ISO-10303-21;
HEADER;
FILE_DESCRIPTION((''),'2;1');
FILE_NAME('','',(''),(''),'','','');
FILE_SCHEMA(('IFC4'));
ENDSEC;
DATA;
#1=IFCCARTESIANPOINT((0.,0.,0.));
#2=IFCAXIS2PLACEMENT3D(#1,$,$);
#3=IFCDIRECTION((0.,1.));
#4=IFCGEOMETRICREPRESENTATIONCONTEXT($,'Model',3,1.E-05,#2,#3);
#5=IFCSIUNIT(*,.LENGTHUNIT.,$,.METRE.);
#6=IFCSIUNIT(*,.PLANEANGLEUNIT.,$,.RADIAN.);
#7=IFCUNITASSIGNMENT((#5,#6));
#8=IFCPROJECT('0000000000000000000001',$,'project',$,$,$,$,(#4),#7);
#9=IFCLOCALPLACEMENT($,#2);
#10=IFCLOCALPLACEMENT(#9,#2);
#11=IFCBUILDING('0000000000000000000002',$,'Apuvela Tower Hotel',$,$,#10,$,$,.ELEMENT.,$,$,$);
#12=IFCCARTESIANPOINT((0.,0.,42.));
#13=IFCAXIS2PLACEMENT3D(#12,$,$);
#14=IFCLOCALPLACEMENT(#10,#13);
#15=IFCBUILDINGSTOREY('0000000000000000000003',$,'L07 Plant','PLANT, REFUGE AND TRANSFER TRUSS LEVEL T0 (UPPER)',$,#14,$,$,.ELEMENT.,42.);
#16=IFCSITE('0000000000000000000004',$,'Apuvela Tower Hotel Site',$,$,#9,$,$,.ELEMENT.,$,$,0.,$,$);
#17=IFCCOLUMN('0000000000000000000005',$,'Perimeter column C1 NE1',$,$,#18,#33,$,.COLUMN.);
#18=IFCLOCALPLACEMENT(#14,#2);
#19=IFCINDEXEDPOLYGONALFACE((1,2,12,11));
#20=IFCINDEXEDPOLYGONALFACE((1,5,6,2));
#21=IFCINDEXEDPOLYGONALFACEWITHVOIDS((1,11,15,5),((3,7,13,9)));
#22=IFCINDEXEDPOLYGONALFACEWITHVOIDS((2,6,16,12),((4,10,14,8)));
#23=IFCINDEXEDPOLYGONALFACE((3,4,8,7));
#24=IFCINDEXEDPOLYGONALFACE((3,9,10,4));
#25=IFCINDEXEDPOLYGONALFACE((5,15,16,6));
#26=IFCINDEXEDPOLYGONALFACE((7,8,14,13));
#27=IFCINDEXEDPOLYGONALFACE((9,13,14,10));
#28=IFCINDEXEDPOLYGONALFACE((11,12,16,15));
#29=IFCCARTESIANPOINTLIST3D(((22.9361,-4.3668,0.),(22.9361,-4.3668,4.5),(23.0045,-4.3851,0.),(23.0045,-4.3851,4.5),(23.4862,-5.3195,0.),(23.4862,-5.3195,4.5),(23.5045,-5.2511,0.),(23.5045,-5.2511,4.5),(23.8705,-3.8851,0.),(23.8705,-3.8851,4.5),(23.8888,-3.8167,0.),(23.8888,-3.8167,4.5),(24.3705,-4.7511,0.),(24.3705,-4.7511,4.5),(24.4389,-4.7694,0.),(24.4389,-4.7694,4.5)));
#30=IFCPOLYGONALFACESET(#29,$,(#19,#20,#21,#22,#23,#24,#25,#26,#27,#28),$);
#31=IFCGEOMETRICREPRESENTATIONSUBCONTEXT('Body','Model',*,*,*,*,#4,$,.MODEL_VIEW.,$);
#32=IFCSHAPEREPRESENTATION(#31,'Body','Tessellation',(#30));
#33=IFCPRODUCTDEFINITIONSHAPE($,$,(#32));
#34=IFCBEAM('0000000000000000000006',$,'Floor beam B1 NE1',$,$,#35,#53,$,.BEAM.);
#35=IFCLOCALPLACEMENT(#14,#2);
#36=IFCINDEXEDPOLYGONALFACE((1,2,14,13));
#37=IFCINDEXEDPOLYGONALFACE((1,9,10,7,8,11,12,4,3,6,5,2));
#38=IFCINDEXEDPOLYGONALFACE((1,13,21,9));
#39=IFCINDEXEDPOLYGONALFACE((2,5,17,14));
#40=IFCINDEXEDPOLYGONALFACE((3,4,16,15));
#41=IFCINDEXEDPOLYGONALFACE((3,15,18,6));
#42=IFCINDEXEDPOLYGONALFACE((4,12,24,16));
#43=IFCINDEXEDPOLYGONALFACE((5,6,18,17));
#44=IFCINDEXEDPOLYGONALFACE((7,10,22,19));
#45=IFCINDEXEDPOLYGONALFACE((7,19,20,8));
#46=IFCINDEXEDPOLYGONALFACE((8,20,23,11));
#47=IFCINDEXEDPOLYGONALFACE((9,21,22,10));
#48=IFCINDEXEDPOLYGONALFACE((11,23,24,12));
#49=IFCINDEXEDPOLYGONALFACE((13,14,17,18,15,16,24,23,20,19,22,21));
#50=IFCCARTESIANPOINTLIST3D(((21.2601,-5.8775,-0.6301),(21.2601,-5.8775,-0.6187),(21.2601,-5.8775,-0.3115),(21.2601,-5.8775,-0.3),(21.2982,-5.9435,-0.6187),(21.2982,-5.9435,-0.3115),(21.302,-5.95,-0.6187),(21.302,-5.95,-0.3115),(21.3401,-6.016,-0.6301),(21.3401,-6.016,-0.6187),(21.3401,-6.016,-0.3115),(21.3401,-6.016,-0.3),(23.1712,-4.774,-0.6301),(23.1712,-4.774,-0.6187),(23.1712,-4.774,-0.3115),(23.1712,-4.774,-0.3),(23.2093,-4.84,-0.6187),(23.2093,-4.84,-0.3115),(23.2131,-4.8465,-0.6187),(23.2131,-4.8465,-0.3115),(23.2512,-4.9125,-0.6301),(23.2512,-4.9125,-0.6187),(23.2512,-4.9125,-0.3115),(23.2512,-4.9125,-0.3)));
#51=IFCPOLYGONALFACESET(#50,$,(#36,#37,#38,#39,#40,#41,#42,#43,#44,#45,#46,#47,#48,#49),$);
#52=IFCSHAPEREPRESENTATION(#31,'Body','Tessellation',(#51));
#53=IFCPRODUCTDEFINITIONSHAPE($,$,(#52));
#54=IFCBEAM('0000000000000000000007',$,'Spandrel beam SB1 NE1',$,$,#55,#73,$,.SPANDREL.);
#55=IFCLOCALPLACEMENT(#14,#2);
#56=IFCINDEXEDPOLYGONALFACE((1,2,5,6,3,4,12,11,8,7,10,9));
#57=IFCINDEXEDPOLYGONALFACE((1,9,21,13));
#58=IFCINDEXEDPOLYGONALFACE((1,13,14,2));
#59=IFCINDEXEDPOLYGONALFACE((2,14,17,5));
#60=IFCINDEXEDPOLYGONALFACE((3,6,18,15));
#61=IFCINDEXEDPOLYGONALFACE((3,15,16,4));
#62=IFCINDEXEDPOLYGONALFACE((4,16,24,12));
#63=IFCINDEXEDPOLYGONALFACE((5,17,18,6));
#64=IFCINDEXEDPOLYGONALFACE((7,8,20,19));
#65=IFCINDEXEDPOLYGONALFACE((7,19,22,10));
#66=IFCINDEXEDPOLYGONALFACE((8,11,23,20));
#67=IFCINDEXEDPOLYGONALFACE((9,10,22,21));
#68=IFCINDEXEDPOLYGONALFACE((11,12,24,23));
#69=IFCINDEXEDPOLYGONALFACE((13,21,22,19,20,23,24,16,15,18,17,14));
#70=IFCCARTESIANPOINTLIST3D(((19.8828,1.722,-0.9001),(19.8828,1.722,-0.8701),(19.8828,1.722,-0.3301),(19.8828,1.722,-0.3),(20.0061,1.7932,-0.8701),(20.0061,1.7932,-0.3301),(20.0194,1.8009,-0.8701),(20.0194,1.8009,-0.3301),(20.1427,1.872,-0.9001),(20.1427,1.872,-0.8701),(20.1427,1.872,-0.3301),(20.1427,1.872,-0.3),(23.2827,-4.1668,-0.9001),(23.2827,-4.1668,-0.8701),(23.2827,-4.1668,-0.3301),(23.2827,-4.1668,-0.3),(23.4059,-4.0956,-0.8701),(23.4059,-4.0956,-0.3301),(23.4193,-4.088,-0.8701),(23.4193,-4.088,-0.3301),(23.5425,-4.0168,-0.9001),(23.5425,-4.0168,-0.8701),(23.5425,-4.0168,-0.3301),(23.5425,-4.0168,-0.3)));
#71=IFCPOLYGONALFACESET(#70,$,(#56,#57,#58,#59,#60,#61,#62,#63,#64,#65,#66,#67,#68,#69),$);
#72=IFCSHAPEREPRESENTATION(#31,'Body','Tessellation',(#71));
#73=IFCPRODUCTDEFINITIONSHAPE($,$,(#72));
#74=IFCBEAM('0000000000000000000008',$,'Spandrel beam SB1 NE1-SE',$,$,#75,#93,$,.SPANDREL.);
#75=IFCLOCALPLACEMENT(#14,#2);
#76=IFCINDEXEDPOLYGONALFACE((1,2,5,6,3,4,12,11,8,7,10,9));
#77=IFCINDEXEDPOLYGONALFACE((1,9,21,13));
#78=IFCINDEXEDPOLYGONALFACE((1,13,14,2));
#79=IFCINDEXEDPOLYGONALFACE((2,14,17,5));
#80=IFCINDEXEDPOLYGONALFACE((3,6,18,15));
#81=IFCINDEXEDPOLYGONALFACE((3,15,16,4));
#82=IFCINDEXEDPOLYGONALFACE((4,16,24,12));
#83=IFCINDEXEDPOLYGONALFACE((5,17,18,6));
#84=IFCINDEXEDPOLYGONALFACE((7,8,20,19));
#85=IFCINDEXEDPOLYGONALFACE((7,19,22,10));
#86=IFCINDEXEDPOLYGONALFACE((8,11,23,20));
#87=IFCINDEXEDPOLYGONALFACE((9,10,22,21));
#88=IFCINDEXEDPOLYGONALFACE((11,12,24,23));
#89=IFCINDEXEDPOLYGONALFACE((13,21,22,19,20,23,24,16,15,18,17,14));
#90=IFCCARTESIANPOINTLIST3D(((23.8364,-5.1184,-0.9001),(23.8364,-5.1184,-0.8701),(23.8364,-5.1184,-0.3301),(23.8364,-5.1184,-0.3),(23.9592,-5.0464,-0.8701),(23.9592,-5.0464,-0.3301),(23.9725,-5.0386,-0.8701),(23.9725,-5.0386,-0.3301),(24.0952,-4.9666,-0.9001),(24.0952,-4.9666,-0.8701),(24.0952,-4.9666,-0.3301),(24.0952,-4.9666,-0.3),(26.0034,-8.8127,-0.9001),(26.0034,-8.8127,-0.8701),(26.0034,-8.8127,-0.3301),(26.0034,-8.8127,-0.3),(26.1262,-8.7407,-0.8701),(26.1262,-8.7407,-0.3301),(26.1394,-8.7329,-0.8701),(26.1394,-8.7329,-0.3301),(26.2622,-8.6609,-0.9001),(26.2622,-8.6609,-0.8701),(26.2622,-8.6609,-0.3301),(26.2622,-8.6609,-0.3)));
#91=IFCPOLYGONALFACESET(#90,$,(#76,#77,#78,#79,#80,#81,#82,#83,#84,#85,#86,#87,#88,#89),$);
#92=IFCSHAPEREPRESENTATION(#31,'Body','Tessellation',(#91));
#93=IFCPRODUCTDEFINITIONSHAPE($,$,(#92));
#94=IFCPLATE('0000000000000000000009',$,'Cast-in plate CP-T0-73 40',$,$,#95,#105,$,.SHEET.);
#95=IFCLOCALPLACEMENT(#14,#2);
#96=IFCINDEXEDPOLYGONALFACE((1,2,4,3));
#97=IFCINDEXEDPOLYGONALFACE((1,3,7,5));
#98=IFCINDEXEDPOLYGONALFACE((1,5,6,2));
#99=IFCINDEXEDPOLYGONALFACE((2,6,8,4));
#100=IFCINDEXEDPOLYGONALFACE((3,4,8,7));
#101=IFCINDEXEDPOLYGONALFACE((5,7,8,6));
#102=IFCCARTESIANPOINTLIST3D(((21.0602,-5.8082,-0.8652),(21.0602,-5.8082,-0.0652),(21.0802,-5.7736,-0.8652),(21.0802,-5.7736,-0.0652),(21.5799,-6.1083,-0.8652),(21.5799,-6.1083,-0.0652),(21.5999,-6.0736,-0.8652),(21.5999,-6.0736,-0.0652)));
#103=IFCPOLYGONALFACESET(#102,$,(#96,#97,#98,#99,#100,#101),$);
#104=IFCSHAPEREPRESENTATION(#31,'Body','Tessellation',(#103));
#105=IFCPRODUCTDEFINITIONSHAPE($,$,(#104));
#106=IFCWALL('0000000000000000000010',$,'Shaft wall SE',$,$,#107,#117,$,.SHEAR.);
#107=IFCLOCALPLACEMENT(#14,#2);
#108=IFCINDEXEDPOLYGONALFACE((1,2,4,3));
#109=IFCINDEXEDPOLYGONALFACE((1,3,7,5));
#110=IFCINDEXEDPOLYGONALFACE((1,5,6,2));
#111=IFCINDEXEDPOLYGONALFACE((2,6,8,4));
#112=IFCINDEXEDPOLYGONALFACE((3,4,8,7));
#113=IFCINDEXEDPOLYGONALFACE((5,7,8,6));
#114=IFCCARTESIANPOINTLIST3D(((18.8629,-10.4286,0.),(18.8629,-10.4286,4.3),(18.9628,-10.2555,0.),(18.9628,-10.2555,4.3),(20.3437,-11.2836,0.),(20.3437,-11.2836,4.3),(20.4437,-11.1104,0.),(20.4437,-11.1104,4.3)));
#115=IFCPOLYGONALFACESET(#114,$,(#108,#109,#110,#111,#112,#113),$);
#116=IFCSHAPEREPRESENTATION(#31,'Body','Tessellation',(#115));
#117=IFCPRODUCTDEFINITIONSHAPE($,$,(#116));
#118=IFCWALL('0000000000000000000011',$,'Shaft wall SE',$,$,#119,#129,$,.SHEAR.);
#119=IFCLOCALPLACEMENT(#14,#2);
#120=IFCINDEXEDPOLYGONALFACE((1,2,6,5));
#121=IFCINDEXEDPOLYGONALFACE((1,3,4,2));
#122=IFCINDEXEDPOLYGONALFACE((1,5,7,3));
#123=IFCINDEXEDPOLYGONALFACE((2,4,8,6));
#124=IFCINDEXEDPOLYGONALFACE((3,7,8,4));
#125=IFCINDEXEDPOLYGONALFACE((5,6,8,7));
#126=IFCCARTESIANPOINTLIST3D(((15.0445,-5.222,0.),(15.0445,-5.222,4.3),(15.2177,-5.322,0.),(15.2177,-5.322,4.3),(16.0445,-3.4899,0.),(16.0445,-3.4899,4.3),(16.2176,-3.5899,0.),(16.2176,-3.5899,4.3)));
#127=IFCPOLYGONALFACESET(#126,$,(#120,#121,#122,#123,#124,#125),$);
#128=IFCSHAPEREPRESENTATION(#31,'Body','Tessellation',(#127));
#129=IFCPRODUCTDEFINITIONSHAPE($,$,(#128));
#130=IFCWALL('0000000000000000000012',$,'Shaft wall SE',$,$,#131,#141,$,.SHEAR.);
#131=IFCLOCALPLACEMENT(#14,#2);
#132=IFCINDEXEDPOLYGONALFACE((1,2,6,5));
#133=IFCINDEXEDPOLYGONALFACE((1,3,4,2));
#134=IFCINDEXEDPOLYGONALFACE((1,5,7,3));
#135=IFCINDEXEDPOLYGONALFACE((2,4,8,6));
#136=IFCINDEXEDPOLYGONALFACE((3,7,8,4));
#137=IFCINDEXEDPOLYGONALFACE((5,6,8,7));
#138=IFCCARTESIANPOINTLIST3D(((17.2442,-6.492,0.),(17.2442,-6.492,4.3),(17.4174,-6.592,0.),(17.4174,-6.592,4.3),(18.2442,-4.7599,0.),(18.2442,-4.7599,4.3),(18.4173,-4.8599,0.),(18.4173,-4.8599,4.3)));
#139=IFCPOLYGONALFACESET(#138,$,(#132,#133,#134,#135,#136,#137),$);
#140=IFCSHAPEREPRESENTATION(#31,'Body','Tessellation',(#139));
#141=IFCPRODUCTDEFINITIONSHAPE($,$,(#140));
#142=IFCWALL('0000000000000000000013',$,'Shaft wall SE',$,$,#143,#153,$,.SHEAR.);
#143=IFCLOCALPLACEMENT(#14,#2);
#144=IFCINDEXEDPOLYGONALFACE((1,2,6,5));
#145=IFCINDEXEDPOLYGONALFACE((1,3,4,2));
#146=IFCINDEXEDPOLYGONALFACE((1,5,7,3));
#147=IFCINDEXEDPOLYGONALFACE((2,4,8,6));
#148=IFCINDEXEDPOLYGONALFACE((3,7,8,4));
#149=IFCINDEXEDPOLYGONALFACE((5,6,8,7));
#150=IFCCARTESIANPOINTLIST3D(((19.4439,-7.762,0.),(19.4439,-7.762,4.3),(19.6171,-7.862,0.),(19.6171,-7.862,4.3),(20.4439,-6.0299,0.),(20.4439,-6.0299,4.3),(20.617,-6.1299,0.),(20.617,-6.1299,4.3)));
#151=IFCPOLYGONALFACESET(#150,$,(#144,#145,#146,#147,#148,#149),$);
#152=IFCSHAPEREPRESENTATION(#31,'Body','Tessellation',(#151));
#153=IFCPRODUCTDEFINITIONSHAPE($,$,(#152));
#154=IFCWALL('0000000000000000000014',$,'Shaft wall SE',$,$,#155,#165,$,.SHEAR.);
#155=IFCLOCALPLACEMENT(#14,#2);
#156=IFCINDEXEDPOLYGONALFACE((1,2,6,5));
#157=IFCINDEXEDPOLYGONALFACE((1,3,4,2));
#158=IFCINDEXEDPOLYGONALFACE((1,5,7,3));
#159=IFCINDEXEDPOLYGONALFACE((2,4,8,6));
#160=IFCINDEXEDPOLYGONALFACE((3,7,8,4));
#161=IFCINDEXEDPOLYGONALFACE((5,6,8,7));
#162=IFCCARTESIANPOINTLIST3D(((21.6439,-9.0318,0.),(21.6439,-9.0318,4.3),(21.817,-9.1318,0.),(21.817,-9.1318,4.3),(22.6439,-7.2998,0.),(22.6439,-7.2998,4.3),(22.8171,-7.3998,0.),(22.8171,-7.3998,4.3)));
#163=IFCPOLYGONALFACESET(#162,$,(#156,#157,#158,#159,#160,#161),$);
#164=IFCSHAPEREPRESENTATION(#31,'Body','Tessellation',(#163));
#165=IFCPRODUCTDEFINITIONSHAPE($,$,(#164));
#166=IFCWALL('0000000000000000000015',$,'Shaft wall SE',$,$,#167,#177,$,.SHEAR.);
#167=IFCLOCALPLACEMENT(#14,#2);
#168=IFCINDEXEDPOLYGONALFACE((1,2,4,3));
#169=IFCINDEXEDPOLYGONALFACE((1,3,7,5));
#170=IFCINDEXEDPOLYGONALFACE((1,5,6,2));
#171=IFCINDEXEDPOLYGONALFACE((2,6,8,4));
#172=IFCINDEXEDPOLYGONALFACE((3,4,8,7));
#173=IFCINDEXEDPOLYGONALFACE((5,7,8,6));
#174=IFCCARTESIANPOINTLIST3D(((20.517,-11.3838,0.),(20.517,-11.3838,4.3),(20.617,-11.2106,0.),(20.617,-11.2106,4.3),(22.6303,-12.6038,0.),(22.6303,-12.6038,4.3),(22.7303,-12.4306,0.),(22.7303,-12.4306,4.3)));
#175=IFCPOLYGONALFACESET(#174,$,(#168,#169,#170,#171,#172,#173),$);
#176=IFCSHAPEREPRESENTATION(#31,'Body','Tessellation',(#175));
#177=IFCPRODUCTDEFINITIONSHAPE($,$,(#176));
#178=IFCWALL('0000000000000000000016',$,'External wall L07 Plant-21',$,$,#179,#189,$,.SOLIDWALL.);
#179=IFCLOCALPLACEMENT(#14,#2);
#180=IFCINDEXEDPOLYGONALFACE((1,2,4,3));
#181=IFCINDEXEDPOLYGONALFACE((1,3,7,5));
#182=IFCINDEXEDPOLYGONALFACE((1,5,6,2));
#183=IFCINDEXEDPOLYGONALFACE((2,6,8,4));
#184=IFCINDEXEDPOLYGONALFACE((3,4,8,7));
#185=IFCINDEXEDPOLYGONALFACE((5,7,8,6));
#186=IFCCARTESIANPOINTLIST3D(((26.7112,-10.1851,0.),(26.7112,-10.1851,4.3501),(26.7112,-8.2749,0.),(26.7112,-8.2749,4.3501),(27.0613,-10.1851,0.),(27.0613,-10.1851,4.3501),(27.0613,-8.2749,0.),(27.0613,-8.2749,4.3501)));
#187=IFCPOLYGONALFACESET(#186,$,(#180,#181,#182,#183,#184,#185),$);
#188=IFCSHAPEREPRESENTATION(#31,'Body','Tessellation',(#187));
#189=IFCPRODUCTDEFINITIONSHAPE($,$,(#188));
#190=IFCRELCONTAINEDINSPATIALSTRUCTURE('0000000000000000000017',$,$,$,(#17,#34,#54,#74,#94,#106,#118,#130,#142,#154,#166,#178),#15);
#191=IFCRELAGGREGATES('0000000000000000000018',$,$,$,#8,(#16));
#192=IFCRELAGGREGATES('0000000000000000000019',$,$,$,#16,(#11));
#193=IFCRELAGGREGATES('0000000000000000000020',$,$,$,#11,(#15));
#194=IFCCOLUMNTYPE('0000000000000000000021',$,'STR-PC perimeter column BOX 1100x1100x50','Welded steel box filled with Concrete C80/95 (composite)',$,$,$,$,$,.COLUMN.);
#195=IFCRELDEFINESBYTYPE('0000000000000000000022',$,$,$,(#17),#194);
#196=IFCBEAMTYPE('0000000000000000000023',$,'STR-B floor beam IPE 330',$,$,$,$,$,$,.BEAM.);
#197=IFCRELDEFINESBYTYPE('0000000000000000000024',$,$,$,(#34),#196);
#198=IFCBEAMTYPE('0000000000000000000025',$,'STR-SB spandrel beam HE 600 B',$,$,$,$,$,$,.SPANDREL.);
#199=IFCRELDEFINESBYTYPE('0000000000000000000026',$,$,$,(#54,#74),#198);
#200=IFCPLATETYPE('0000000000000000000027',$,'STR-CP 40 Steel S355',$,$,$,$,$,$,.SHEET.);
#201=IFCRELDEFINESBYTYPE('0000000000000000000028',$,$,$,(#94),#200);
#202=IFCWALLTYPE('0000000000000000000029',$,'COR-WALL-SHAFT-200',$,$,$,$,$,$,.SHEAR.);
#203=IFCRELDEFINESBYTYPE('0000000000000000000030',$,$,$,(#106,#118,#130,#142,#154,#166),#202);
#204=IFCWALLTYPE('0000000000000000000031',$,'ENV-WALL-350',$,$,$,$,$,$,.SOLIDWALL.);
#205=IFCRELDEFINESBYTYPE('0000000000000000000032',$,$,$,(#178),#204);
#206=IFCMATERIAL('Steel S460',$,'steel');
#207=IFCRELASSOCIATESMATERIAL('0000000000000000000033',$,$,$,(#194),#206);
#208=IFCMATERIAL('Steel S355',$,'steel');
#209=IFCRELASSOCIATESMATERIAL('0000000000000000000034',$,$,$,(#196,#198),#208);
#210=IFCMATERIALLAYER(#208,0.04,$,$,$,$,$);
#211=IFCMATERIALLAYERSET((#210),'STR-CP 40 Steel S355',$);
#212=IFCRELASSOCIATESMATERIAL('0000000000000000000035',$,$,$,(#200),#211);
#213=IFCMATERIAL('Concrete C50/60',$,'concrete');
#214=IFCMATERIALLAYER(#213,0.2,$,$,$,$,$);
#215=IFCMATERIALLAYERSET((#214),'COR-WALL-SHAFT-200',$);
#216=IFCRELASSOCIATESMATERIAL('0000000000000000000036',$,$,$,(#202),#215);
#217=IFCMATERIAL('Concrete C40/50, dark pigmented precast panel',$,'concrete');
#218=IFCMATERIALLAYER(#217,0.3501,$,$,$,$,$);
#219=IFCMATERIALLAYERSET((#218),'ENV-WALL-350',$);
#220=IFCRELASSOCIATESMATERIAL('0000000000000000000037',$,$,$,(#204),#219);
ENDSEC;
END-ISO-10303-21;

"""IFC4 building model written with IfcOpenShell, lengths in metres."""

from ifc_helpers import new_model, si_unit, direction, frame, frame_2d, origin, origin_2d, place, context, subcontext, project, spatial, rectangle, hollow_rectangle, i_section, extrude, material, layer, layer_set, material_profile, profile_set, type_object, element, save


model = new_model("IFC4")

# Units and contexts
model_context = context("Model", 3, precision=1e-05, world=origin(), true_north=direction((0.0, 1.0)))
body_context = subcontext(model_context, "Body", "Model", "MODEL_VIEW")
ifc_project = project(units=[si_unit("LENGTHUNIT", "METRE"), si_unit("PLANEANGLEUNIT", "RADIAN")], contexts=[model_context])

# Site, building, storey
site_placement = place(None, origin())
site = spatial("IfcSite", under=ifc_project, at=site_placement, Name="Apuvela Tower Hotel Site", CompositionType="ELEMENT", RefElevation=0.0)
building_placement = place(site_placement, origin())
building = spatial("IfcBuilding", under=site, at=building_placement, Name="Apuvela Tower Hotel", CompositionType="ELEMENT")
storey_placement = place(building_placement, frame((0.0, 0.0, 42.0)))
storey = spatial("IfcBuildingStorey", under=building, at=storey_placement, Name="L07 Plant", Description="PLANT, REFUGE AND TRANSFER TRUSS LEVEL T0 (UPPER)", CompositionType="ELEMENT", Elevation=42.0)

# Column
ifc_material_1 = material(Name="Steel S460", Category="steel")
ifc_material_profile_1 = material_profile(ifc_material_1, hollow_rectangle(XDim=1.1001, YDim=1.1001, WallThickness=0.05, at=origin_2d()), Name="BOX 1100x1100x50")
ifc_material_2 = material(Name="Concrete C80/95", Category="concrete")
ifc_material_profile_2 = material_profile(ifc_material_2, rectangle(XDim=1.0, YDim=1.0, at=origin_2d()), Name="Concrete C80/95 infill")
ifc_profile_set_1 = profile_set([ifc_material_profile_1, ifc_material_profile_2], Name="Steel S460")
column_type = type_object("IfcColumnType", Name="STR-PC perimeter column BOX 1100x1100x50", Description="Welded steel box filled with Concrete C80/95 (composite)", PredefinedType="COLUMN", material=ifc_profile_set_1)
column_placement = place(storey_placement, frame((23.6875, -4.5681, 0.0), z_axis=(0.0, 0.0, 1.0), x_axis=(-0.5, 0.866025, 0.0)))
element("IfcColumn", 1, at=column_placement, inside=storey, type_object=column_type, Name="Perimeter column C1 NE1", PredefinedType="COLUMN", context=body_context, shape_type="SweptSolid", body=[
    extrude(hollow_rectangle(XDim=1.1001, YDim=1.1001, WallThickness=0.05, at=origin_2d()), origin(), (0.0, 0.0, 1.0), 4.5),
])

# Beams
ifc_material_3 = material(Name="Steel S355", Category="steel")
ifc_material_profile_3 = material_profile(ifc_material_3, i_section(OverallWidth=0.1599, OverallDepth=0.3301, WebThickness=0.0076, FlangeThickness=0.0115, at=origin_2d()), Name="IPE 330")
ifc_profile_set_2 = profile_set([ifc_material_profile_3], Name="Steel S355")
beam_type_1 = type_object("IfcBeamType", Name="STR-B floor beam IPE 330", PredefinedType="BEAM", material=ifc_profile_set_2)
beam_1_placement = place(storey_placement, frame((23.2112, -4.8433, -0.4651), z_axis=(-0.866001, -0.500042, 0.0), x_axis=(0.500042, -0.866001, 0.0)))
element("IfcBeam", 2, at=beam_1_placement, inside=storey, type_object=beam_type_1, Name="Floor beam B1 NE1", PredefinedType="BEAM", context=body_context, shape_type="SweptSolid", body=[
    extrude(i_section(OverallWidth=0.1599, OverallDepth=0.3301, WebThickness=0.0076, FlangeThickness=0.0115, at=origin_2d()), origin(), (0.0, 0.0, 1.0), 2.2068),
])
ifc_material_profile_4 = material_profile(ifc_material_3, i_section(OverallWidth=0.3, OverallDepth=0.6001, WebThickness=0.0154, FlangeThickness=0.03, at=origin_2d()), Name="HE 600 B")
ifc_profile_set_3 = profile_set([ifc_material_profile_4], Name="Steel S355")
beam_type_2 = type_object("IfcBeamType", Name="STR-SB spandrel beam HE 600 B", PredefinedType="SPANDREL", material=ifc_profile_set_3)
beam_2_placement = place(storey_placement, frame((23.4126, -4.0918, -0.6001), z_axis=(-0.499993, 0.86603, 0.0), x_axis=(-0.86603, -0.499993, 0.0)))
element("IfcBeam", 3, at=beam_2_placement, inside=storey, type_object=beam_type_2, Name="Spandrel beam SB1 NE1", PredefinedType="SPANDREL", context=body_context, shape_type="SweptSolid", body=[
    extrude(i_section(OverallWidth=0.3, OverallDepth=0.6001, WebThickness=0.0154, FlangeThickness=0.03, at=origin_2d()), origin(), (0.0, 0.0, 1.0), 6.7998),
])
beam_3_placement = place(storey_placement, frame((23.9658, -5.0425, -0.6001), z_axis=(0.505954, -0.862561, 0.0), x_axis=(0.862561, 0.505954, 0.0)))
element("IfcBeam", 4, at=beam_3_placement, inside=storey, type_object=beam_type_2, Name="Spandrel beam SB1 NE1-SE", PredefinedType="SPANDREL", context=body_context, shape_type="SweptSolid", body=[
    extrude(i_section(OverallWidth=0.3, OverallDepth=0.6001, WebThickness=0.0154, FlangeThickness=0.03, at=origin_2d()), origin(), (0.0, 0.0, 1.0), 4.283),
])

# Plate
ifc_layer_1 = layer(ifc_material_3, 0.04)
ifc_layer_set_1 = layer_set([ifc_layer_1], Name="STR-CP 40 Steel S355")
plate_type = type_object("IfcPlateType", Name="STR-CP 40 Steel S355", PredefinedType="SHEET", material=ifc_layer_set_1)
plate_placement = place(storey_placement, frame((21.3301, -5.9409, -0.8652), z_axis=(0.0, 0.0, 1.0), x_axis=(-0.5, -0.866025, 0.0)))
element("IfcPlate", 5, at=plate_placement, inside=storey, type_object=plate_type, Name="Cast-in plate CP-T0-73 40", PredefinedType="SHEET", context=body_context, shape_type="SweptSolid", body=[
    extrude(rectangle(XDim=0.04, YDim=0.6001, at=origin_2d()), origin(), (0.0, 0.0, 1.0), 0.8),
])

# Walls
ifc_material_4 = material(Name="Concrete C50/60", Category="concrete")
ifc_layer_2 = layer(ifc_material_4, 0.2)
ifc_layer_set_2 = layer_set([ifc_layer_2], Name="COR-WALL-SHAFT-200")
wall_type_1 = type_object("IfcWallType", Name="COR-WALL-SHAFT-200", PredefinedType="SHEAR", material=ifc_layer_set_2)
wall_1_placement = place(storey_placement, frame((18.9128, -10.342, 0.0), z_axis=(0.0, 0.0, 1.0), x_axis=(0.866038, -0.499978, 0.0)))
element("IfcWall", 6, at=wall_1_placement, inside=storey, type_object=wall_type_1, Name="Shaft wall SE", PredefinedType="SHEAR", context=body_context, shape_type="SweptSolid", body=[
    extrude(rectangle(XDim=1.71, YDim=0.2, at=frame_2d((0.855, 0.0))), origin(), (0.0, 0.0, 1.0), 4.3),
])
for number, where, z_axis, x_axis, name in (
    (7, (15.1311, -5.272, 0.0), (0.0, 0.0, 1.0), (0.499973, 0.866041, 0.0), "Shaft wall SE"),
    (8, (17.3308, -6.542, 0.0), (0.0, 0.0, 1.0), (0.499973, 0.866041, 0.0), "Shaft wall SE"),
    (9, (19.5305, -7.812, 0.0), (0.0, 0.0, 1.0), (0.499973, 0.866041, 0.0), "Shaft wall SE"),
    (10, (21.7305, -9.0818, 0.0), (0.0, 0.0, 1.0), (0.500025, 0.866011, 0.0), "Shaft wall SE"),
):
    element("IfcWall", number, at=place(storey_placement, frame(where, z_axis=z_axis, x_axis=x_axis)), inside=storey, type_object=wall_type_1, Name=name, PredefinedType="SHEAR", context=body_context, shape_type="SweptSolid", body=[
        extrude(rectangle(XDim=2.0, YDim=0.2, at=frame_2d((1.0, 0.0))), origin(), (0.0, 0.0, 1.0), 4.3),
    ])
wall_2_placement = place(storey_placement, frame((20.5669, -11.2971, 0.0), z_axis=(0.0, 0.0, 1.0), x_axis=(0.866049, -0.499959, 0.0)))
element("IfcWall", 11, at=wall_2_placement, inside=storey, type_object=wall_type_1, Name="Shaft wall SE", PredefinedType="SHEAR", context=body_context, shape_type="SweptSolid", body=[
    extrude(rectangle(XDim=2.4402, YDim=0.2, at=frame_2d((1.2202, 0.0))), origin(), (0.0, 0.0, 1.0), 4.3),
])
ifc_material_5 = material(Name="Concrete C40/50, dark pigmented precast panel", Category="concrete")
ifc_layer_3 = layer(ifc_material_5, 0.3501)
ifc_layer_set_3 = layer_set([ifc_layer_3], Name="ENV-WALL-350")
wall_type_2 = type_object("IfcWallType", Name="ENV-WALL-350", PredefinedType="SOLIDWALL", material=ifc_layer_set_3)
for number, where, z_axis, x_axis, name in (
    (12, (26.8862, -10.1851, 0.0), (0.0, 0.0, 1.0), (0.0, 1.0, 0.0), "External wall L07 Plant-21"),
):
    element("IfcWall", number, at=place(storey_placement, frame(where, z_axis=z_axis, x_axis=x_axis)), inside=storey, type_object=wall_type_2, Name=name, PredefinedType="SOLIDWALL", context=body_context, shape_type="SweptSolid", body=[
        extrude(rectangle(XDim=1.9102, YDim=0.3501, at=frame_2d((0.9551, 0.0))), origin(), (0.0, 0.0, 1.0), 4.3501),
    ])

save(model, "model.ifc")
